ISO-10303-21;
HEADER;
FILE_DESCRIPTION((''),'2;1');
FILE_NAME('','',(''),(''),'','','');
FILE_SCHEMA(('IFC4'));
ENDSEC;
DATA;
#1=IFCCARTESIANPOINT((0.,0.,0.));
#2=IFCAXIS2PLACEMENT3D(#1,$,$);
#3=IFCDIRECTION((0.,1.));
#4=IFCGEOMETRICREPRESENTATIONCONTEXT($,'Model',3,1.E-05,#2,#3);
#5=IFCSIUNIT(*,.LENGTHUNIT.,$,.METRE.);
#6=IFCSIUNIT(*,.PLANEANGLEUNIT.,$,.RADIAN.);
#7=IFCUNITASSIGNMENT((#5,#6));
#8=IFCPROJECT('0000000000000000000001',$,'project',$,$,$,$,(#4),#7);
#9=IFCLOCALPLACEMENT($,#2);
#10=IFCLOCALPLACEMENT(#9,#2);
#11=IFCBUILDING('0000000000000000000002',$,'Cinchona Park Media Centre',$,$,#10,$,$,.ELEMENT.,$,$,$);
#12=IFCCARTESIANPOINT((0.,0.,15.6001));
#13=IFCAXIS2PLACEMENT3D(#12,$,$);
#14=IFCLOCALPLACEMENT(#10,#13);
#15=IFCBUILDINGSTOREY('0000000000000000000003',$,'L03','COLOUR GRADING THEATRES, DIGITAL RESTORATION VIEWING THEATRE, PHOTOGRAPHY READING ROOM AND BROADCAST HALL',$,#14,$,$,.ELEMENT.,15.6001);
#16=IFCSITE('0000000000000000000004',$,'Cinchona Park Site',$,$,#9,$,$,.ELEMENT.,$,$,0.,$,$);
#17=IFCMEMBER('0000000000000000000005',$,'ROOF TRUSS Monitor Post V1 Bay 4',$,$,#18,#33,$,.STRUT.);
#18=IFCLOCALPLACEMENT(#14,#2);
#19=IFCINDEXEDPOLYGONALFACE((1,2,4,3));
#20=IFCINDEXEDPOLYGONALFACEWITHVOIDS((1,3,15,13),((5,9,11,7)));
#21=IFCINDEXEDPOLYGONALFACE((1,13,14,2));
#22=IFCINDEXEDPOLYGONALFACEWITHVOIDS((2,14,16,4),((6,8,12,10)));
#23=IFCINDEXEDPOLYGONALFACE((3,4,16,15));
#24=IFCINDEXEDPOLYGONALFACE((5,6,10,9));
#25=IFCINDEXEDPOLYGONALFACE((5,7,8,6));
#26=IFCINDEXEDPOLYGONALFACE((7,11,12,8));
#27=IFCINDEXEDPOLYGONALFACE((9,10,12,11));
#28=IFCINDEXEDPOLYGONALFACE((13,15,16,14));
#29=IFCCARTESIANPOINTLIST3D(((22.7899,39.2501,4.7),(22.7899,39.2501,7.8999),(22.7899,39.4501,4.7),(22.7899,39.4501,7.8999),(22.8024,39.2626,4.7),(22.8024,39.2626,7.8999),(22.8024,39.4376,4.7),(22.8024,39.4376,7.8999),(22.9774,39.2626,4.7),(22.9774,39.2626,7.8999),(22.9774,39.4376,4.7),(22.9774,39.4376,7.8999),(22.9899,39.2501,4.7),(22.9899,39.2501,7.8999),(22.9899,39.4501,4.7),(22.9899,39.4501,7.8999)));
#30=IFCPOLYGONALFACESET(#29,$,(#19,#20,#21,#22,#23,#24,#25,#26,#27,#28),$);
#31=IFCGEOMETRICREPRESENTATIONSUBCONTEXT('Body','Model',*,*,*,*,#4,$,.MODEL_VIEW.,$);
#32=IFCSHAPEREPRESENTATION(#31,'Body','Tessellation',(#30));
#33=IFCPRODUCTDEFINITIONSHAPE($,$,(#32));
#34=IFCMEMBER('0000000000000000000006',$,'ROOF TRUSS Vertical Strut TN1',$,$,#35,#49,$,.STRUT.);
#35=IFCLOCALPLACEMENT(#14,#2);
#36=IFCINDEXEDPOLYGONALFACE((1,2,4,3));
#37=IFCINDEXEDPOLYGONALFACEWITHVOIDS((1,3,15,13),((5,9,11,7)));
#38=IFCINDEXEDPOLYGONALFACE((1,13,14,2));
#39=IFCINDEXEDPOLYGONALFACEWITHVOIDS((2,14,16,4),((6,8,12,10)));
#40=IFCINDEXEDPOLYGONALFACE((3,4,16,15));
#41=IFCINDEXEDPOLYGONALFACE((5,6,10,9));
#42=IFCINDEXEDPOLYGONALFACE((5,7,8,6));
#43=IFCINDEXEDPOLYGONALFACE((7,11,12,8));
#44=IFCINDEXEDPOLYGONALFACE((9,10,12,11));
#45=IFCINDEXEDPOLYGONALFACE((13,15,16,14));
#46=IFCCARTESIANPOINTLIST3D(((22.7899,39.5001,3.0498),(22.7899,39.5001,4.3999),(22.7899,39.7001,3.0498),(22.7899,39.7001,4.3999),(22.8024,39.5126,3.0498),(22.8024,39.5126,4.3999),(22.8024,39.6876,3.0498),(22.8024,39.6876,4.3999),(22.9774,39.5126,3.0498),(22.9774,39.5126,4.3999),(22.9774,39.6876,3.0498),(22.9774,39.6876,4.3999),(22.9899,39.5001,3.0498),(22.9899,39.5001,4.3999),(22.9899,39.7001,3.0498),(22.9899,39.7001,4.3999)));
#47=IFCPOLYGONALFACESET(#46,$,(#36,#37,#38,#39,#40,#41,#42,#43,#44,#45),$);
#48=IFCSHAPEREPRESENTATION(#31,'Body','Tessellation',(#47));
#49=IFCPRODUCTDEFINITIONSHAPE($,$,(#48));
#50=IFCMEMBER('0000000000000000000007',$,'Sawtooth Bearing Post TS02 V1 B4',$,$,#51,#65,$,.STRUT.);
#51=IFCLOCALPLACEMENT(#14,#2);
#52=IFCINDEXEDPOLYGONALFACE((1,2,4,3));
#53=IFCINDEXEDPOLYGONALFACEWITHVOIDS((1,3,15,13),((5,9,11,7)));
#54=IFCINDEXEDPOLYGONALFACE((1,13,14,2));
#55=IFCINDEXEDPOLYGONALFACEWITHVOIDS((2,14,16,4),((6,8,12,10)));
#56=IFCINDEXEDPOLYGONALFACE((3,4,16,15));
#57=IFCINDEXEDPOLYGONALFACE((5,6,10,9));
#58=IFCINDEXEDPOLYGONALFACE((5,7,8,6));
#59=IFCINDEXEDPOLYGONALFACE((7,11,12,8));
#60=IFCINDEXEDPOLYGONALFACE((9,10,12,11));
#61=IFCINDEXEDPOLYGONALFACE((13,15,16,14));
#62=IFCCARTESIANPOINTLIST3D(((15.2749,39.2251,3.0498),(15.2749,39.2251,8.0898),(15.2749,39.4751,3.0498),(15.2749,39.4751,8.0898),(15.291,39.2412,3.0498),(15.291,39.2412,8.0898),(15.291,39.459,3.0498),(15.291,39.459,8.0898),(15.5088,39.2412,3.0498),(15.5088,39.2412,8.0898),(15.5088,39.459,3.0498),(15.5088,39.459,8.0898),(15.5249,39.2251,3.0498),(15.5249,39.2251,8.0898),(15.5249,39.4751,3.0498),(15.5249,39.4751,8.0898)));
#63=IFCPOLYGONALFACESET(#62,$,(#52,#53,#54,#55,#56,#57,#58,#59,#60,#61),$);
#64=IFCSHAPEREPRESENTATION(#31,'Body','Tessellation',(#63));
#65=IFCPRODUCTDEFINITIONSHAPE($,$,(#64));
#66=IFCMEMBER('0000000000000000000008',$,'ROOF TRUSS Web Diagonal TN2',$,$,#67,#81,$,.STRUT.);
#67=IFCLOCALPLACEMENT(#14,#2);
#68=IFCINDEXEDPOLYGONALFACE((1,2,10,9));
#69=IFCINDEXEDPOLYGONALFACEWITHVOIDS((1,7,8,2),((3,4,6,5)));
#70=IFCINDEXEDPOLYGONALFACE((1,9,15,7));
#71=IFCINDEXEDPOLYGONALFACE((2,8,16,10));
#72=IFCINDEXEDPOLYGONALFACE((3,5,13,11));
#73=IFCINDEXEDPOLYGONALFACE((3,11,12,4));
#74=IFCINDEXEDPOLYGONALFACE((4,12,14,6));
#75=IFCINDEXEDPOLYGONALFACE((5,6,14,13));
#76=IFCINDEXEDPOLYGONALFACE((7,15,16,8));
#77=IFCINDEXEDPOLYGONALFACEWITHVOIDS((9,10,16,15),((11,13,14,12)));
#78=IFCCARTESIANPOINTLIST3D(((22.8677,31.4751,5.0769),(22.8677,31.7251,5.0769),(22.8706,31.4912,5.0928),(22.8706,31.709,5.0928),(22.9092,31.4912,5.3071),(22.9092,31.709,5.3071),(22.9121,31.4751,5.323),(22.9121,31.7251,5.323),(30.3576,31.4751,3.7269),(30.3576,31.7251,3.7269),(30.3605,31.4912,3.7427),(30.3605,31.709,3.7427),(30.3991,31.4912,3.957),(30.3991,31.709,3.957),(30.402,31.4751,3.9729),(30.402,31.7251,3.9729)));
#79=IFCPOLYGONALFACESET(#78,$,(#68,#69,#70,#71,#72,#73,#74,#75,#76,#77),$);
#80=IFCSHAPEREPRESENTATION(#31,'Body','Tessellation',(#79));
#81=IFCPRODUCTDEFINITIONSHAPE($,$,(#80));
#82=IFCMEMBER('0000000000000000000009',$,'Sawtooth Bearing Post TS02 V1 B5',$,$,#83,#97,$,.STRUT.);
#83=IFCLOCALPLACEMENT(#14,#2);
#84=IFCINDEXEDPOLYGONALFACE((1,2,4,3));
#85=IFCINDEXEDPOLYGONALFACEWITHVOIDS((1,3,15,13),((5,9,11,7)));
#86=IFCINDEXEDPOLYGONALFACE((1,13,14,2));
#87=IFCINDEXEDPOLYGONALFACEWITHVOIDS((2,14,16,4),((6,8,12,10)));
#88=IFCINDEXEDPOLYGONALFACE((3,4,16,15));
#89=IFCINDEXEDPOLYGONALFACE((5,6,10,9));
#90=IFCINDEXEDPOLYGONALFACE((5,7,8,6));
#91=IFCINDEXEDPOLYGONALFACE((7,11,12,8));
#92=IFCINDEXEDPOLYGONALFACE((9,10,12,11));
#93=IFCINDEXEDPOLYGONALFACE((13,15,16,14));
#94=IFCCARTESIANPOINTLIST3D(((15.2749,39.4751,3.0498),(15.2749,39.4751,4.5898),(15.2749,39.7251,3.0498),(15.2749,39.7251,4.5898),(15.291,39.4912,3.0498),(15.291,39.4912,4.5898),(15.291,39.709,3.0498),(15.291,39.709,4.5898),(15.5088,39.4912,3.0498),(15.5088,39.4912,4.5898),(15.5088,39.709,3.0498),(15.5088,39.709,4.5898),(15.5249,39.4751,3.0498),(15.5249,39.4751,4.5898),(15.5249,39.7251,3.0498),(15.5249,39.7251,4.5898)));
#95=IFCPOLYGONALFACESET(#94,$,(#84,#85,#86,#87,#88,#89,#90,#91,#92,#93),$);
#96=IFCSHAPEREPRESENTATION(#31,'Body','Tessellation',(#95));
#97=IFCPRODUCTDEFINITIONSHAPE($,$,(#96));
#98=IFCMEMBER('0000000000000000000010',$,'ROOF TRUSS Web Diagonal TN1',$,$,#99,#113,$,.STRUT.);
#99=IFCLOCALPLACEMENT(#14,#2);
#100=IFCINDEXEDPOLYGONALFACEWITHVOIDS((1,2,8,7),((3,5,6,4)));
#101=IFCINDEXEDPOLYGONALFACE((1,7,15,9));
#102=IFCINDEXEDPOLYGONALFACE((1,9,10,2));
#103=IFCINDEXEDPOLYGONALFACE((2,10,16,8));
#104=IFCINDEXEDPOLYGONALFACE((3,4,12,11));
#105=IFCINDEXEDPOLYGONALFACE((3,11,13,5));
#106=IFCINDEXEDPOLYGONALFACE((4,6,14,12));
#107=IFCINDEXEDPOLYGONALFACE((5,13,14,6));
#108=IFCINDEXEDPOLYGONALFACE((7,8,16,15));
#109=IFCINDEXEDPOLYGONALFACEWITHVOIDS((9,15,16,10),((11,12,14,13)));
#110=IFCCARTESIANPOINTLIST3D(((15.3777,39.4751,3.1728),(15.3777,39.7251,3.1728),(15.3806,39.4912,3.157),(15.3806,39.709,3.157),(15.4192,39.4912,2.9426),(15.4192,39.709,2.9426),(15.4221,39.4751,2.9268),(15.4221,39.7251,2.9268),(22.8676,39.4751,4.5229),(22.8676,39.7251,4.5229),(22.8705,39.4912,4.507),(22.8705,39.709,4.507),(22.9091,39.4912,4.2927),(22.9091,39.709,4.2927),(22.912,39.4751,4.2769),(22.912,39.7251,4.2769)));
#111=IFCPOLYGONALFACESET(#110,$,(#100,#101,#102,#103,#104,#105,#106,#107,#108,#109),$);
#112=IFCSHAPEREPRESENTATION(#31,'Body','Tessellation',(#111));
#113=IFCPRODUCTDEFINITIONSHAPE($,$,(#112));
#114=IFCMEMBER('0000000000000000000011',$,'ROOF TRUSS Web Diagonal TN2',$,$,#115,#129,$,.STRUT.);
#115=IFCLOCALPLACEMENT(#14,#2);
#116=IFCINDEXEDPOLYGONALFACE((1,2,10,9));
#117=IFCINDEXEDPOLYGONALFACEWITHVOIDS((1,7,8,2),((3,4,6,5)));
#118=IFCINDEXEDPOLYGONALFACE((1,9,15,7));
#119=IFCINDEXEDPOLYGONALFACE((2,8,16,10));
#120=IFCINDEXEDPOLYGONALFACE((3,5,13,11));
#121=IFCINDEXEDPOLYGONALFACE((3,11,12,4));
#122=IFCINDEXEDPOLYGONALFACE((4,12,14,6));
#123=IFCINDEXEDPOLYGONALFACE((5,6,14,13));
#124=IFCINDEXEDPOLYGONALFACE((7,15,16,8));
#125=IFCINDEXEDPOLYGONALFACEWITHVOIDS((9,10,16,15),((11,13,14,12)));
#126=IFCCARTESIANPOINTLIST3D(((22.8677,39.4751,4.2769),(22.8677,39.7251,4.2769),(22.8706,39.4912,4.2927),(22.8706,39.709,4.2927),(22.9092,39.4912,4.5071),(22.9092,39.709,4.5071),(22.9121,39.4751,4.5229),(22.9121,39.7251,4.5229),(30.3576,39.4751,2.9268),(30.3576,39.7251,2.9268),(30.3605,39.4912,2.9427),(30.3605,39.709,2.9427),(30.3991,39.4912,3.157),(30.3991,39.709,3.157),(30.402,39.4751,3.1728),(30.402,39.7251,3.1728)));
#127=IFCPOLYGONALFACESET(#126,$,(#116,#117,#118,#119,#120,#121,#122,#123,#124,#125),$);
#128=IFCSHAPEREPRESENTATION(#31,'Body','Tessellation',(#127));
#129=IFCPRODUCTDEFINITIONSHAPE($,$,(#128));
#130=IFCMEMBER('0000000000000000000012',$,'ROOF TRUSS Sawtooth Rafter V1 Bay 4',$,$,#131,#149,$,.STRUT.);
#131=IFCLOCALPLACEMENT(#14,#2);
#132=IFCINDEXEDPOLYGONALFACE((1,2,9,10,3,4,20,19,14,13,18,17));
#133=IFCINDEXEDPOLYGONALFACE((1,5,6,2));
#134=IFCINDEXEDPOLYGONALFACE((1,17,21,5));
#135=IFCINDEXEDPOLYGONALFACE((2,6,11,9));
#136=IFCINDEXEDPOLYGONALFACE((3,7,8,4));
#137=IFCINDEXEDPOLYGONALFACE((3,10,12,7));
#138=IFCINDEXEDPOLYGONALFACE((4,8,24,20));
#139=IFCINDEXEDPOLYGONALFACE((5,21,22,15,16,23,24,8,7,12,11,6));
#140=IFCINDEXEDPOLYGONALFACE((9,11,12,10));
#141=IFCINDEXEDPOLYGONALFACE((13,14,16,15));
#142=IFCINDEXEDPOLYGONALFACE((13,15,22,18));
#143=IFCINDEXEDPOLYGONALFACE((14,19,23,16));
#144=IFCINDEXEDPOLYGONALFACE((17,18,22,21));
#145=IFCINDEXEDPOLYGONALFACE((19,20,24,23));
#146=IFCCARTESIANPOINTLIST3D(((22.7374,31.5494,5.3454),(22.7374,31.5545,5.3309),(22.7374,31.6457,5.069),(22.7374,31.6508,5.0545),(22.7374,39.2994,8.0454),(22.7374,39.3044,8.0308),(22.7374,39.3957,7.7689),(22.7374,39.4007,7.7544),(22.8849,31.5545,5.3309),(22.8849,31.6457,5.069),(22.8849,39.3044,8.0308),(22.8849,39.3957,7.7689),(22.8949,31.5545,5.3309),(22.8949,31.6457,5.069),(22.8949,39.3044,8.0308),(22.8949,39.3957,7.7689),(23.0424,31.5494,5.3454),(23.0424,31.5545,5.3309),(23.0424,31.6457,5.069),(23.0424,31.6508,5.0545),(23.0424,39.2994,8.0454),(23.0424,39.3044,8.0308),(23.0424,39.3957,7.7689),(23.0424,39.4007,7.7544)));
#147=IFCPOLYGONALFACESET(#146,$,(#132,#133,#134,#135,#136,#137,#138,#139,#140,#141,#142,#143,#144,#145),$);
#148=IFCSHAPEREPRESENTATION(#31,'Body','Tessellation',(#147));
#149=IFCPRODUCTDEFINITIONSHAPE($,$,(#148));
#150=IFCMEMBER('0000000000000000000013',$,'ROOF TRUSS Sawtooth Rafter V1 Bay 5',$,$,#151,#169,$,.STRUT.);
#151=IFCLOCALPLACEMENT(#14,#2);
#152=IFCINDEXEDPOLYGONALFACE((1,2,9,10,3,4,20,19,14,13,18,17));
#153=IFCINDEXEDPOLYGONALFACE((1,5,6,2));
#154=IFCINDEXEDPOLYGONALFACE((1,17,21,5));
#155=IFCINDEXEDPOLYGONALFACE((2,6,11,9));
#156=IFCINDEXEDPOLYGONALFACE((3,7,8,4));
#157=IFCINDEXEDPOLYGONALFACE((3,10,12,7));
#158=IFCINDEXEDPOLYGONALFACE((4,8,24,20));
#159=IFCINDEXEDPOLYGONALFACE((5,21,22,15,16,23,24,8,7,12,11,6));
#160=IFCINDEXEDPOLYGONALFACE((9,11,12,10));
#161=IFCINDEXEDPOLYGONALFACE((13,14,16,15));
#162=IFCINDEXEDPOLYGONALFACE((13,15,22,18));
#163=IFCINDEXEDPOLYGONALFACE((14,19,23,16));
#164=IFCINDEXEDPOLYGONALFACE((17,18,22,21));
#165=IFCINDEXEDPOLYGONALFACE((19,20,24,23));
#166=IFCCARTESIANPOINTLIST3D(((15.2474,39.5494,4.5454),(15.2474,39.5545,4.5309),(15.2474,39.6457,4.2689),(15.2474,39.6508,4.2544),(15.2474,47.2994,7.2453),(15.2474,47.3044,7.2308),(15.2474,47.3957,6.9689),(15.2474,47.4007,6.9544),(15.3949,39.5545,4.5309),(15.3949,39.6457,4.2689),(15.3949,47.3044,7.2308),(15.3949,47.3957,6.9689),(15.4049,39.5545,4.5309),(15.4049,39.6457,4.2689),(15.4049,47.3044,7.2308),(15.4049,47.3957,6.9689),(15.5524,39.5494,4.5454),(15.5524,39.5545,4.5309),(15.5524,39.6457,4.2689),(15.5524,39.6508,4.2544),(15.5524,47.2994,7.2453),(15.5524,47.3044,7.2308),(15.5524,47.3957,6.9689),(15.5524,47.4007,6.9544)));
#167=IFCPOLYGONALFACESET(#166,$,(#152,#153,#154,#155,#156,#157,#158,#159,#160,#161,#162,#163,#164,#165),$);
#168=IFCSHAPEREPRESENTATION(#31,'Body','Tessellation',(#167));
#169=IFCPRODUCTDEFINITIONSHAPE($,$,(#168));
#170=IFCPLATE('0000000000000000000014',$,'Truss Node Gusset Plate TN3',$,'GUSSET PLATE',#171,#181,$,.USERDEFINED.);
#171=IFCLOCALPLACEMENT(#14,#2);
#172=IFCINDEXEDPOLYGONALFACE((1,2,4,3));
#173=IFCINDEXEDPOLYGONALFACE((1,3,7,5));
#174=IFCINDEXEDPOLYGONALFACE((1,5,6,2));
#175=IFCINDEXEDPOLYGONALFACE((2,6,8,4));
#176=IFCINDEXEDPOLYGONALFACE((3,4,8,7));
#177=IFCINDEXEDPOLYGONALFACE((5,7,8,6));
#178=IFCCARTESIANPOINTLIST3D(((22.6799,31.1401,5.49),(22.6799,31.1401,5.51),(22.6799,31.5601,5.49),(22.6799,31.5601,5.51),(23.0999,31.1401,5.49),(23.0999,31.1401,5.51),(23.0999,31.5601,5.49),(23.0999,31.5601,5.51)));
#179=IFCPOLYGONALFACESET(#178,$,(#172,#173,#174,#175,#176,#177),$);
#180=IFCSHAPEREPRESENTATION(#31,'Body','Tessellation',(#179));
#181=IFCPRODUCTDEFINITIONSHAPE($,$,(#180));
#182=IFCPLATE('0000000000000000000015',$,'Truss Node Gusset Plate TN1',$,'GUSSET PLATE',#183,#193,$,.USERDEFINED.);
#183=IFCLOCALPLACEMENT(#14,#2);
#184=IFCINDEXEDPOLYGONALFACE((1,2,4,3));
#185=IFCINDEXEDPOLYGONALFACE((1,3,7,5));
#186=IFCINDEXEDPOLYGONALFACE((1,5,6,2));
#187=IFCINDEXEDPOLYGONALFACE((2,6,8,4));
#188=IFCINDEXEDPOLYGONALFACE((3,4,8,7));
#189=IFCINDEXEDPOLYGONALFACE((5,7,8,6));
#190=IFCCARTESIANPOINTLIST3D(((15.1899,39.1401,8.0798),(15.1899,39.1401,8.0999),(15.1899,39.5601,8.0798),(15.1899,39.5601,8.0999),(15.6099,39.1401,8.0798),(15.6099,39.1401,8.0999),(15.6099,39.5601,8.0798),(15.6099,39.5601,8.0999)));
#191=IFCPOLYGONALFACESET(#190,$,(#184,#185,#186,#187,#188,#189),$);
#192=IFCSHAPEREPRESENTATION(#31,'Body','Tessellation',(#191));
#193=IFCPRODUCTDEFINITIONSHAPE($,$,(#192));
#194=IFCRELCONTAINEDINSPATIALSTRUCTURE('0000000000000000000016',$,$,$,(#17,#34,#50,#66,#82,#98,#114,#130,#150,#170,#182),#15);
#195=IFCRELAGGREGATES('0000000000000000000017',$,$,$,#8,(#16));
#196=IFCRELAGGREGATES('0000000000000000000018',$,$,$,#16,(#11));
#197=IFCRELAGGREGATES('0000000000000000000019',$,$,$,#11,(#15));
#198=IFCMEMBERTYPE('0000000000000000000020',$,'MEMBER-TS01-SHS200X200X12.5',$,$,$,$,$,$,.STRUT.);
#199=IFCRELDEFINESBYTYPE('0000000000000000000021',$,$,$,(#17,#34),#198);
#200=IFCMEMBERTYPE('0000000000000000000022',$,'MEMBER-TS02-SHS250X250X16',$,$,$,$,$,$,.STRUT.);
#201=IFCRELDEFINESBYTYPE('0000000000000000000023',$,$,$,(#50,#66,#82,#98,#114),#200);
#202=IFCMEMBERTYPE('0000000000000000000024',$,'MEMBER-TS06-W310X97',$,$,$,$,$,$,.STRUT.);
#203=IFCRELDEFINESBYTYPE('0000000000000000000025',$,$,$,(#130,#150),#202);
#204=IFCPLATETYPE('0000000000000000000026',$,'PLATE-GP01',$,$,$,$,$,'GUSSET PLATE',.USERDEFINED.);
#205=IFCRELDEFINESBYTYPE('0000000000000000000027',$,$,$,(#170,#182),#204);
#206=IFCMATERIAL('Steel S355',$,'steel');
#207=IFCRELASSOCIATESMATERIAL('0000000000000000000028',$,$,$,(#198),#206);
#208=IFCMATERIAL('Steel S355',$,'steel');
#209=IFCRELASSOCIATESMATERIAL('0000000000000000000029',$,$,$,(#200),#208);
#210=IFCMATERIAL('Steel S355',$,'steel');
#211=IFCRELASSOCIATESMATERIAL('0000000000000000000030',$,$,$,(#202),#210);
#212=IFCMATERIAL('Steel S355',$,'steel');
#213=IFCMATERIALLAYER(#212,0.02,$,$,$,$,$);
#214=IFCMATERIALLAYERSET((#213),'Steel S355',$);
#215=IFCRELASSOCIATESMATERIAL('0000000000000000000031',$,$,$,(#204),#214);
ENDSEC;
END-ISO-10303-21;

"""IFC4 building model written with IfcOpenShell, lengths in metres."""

from ifc_helpers import new_model, si_unit, direction, frame, origin, origin_2d, place, context, subcontext, project, spatial, rectangle, hollow_rectangle, i_section, extrude, material, layer, layer_set, material_profile, profile_set, type_object, element, save


model = new_model("IFC4")

# Units and contexts
model_context = context("Model", 3, precision=1e-05, world=origin(), true_north=direction((0.0, 1.0)))
body_context = subcontext(model_context, "Body", "Model", "MODEL_VIEW")
ifc_project = project(units=[si_unit("LENGTHUNIT", "METRE"), si_unit("PLANEANGLEUNIT", "RADIAN")], contexts=[model_context])

# Site, building, storey
site_placement = place(None, origin())
site = spatial("IfcSite", under=ifc_project, at=site_placement, Name="Cinchona Park Site", CompositionType="ELEMENT", RefElevation=0.0)
building_placement = place(site_placement, origin())
building = spatial("IfcBuilding", under=site, at=building_placement, Name="Cinchona Park Media Centre", CompositionType="ELEMENT")
storey_placement = place(building_placement, frame((0.0, 0.0, 15.6001)))
storey = spatial("IfcBuildingStorey", under=building, at=storey_placement, Name="L03", Description="COLOUR GRADING THEATRES, DIGITAL RESTORATION VIEWING THEATRE, PHOTOGRAPHY READING ROOM AND BROADCAST HALL", CompositionType="ELEMENT", Elevation=15.6001)

# Members
ifc_material_1 = material(Name="Steel S355", Category="steel")
ifc_material_profile_1 = material_profile(ifc_material_1, hollow_rectangle(XDim=0.2, YDim=0.2, WallThickness=0.0125, at=origin_2d()), Name="200X200X12.5SHS")
ifc_profile_set_1 = profile_set([ifc_material_profile_1], Name="Steel S355")
member_type_1 = type_object("IfcMemberType", Name="MEMBER-TS01-SHS200X200X12.5", PredefinedType="STRUT", material=ifc_profile_set_1)
for number, where, z_axis, x_axis, name in (
    (1, (22.8899, 39.3501, 4.7), (0.0, 0.0, 1.0), (1.0, 0.0, 0.0), "ROOF TRUSS Monitor Post V1 Bay 4"),
):
    element("IfcMember", number, at=place(storey_placement, frame(where, z_axis=z_axis, x_axis=x_axis)), inside=storey, type_object=member_type_1, Name=name, PredefinedType="STRUT", context=body_context, shape_type="SweptSolid", body=[
        extrude(hollow_rectangle(XDim=0.2, YDim=0.2, WallThickness=0.0125, at=origin_2d()), origin(), (0.0, 0.0, 1.0), 3.2),
    ])
member_1_placement = place(storey_placement, frame((22.8899, 39.6001, 3.0498), z_axis=(0.0, 0.0, 1.0), x_axis=(1.0, 0.0, 0.0)))
element("IfcMember", 2, at=member_1_placement, inside=storey, type_object=member_type_1, Name="ROOF TRUSS Vertical Strut TN1", PredefinedType="STRUT", context=body_context, shape_type="SweptSolid", body=[
    extrude(hollow_rectangle(XDim=0.2, YDim=0.2, WallThickness=0.0125, at=origin_2d()), origin(), (0.0, 0.0, 1.0), 1.3501),
])
ifc_material_2 = material(Name="Steel S355", Category="steel")
ifc_material_profile_2 = material_profile(ifc_material_2, hollow_rectangle(XDim=0.25, YDim=0.25, WallThickness=0.0161, at=origin_2d()), Name="250X250X16SHS")
ifc_profile_set_2 = profile_set([ifc_material_profile_2], Name="Steel S355")
member_type_2 = type_object("IfcMemberType", Name="MEMBER-TS02-SHS250X250X16", PredefinedType="STRUT", material=ifc_profile_set_2)
member_2_placement = place(storey_placement, frame((15.3999, 39.3501, 3.0498), z_axis=(0.0, 0.0, 1.0), x_axis=(1.0, 0.0, 0.0)))
element("IfcMember", 3, at=member_2_placement, inside=storey, type_object=member_type_2, Name="Sawtooth Bearing Post TS02 V1 B4", PredefinedType="STRUT", context=body_context, shape_type="SweptSolid", body=[
    extrude(hollow_rectangle(XDim=0.25, YDim=0.25, WallThickness=0.0161, at=origin_2d()), origin(), (0.0, 0.0, 1.0), 5.04),
])
member_3_placement = place(storey_placement, frame((22.8899, 31.6001, 5.2), z_axis=(0.98414, 0.0, -0.177395), x_axis=(0.0, 1.0, 0.0)))
element("IfcMember", 4, at=member_3_placement, inside=storey, type_object=member_type_2, Name="ROOF TRUSS Web Diagonal TN2", PredefinedType="STRUT", context=body_context, shape_type="SweptSolid", body=[
    extrude(hollow_rectangle(XDim=0.25, YDim=0.25, WallThickness=0.0161, at=origin_2d()), origin(), (0.0, 0.0, 1.0), 7.6106),
])
member_4_placement = place(storey_placement, frame((15.3999, 39.6001, 3.0498), z_axis=(0.0, 0.0, 1.0), x_axis=(1.0, 0.0, 0.0)))
element("IfcMember", 5, at=member_4_placement, inside=storey, type_object=member_type_2, Name="Sawtooth Bearing Post TS02 V1 B5", PredefinedType="STRUT", context=body_context, shape_type="SweptSolid", body=[
    extrude(hollow_rectangle(XDim=0.25, YDim=0.25, WallThickness=0.0161, at=origin_2d()), origin(), (0.0, 0.0, 1.0), 1.54),
])
for number, where, z_axis, x_axis, name in (
    (6, (15.3999, 39.6001, 3.0498), (0.98414, 0.0, 0.177395), (0.0, 1.0, 0.0), "ROOF TRUSS Web Diagonal TN1"),
    (7, (22.8899, 39.6001, 4.3999), (0.98414, 0.0, -0.177395), (0.0, 1.0, 0.0), "ROOF TRUSS Web Diagonal TN2"),
):
    element("IfcMember", number, at=place(storey_placement, frame(where, z_axis=z_axis, x_axis=x_axis)), inside=storey, type_object=member_type_2, Name=name, PredefinedType="STRUT", context=body_context, shape_type="SweptSolid", body=[
        extrude(hollow_rectangle(XDim=0.25, YDim=0.25, WallThickness=0.0161, at=origin_2d()), origin(), (0.0, 0.0, 1.0), 7.6106),
    ])
ifc_material_3 = material(Name="Steel S355", Category="steel")
ifc_material_profile_3 = material_profile(ifc_material_3, i_section(OverallWidth=0.3049, OverallDepth=0.3081, WebThickness=0.01, FlangeThickness=0.0154, at=origin_2d()), Name="W310X97")
ifc_profile_set_3 = profile_set([ifc_material_profile_3], Name="Steel S355")
member_type_3 = type_object("IfcMemberType", Name="MEMBER-TS06-W310X97", PredefinedType="STRUT", material=ifc_profile_set_3)
for number, where, z_axis, x_axis, name in (
    (8, (22.8899, 31.6001, 5.2), (0.0, 0.944334, 0.328988), (-1.0, 0.0, 0.0), "ROOF TRUSS Sawtooth Rafter V1 Bay 4"),
    (9, (15.3999, 39.6001, 4.3999), (0.0, 0.944334, 0.328988), (-1.0, 0.0, 0.0), "ROOF TRUSS Sawtooth Rafter V1 Bay 5"),
):
    element("IfcMember", number, at=place(storey_placement, frame(where, z_axis=z_axis, x_axis=x_axis)), inside=storey, type_object=member_type_3, Name=name, PredefinedType="STRUT", context=body_context, shape_type="SweptSolid", body=[
        extrude(i_section(OverallWidth=0.3049, OverallDepth=0.3081, WebThickness=0.01, FlangeThickness=0.0154, at=origin_2d()), origin(), (0.0, 0.0, 1.0), 8.2068),
    ])

# Plates
ifc_material_4 = material(Name="Steel S355", Category="steel")
ifc_layer_1 = layer(ifc_material_4, 0.02)
ifc_layer_set_1 = layer_set([ifc_layer_1], Name="Steel S355")
plate_type_1 = type_object("IfcPlateType", Name="PLATE-GP01", ElementType="GUSSET PLATE", PredefinedType="USERDEFINED", material=ifc_layer_set_1)
for number, where, z_axis, x_axis, name in (
    (10, (22.8899, 31.3501, 5.49), (0.0, 0.0, 1.0), (1.0, 0.0, 0.0), "Truss Node Gusset Plate TN3"),
    (11, (15.3999, 39.3501, 8.0798), (0.0, 0.0, 1.0), (1.0, 0.0, 0.0), "Truss Node Gusset Plate TN1"),
):
    element("IfcPlate", number, at=place(storey_placement, frame(where, z_axis=z_axis, x_axis=x_axis)), inside=storey, type_object=plate_type_1, Name=name, ObjectType="GUSSET PLATE", PredefinedType="USERDEFINED", context=body_context, shape_type="SweptSolid", body=[
        extrude(rectangle(XDim=0.4199, YDim=0.4199, at=origin_2d()), origin(), (0.0, 0.0, 1.0), 0.02),
    ])

save(model, "model.ifc")
